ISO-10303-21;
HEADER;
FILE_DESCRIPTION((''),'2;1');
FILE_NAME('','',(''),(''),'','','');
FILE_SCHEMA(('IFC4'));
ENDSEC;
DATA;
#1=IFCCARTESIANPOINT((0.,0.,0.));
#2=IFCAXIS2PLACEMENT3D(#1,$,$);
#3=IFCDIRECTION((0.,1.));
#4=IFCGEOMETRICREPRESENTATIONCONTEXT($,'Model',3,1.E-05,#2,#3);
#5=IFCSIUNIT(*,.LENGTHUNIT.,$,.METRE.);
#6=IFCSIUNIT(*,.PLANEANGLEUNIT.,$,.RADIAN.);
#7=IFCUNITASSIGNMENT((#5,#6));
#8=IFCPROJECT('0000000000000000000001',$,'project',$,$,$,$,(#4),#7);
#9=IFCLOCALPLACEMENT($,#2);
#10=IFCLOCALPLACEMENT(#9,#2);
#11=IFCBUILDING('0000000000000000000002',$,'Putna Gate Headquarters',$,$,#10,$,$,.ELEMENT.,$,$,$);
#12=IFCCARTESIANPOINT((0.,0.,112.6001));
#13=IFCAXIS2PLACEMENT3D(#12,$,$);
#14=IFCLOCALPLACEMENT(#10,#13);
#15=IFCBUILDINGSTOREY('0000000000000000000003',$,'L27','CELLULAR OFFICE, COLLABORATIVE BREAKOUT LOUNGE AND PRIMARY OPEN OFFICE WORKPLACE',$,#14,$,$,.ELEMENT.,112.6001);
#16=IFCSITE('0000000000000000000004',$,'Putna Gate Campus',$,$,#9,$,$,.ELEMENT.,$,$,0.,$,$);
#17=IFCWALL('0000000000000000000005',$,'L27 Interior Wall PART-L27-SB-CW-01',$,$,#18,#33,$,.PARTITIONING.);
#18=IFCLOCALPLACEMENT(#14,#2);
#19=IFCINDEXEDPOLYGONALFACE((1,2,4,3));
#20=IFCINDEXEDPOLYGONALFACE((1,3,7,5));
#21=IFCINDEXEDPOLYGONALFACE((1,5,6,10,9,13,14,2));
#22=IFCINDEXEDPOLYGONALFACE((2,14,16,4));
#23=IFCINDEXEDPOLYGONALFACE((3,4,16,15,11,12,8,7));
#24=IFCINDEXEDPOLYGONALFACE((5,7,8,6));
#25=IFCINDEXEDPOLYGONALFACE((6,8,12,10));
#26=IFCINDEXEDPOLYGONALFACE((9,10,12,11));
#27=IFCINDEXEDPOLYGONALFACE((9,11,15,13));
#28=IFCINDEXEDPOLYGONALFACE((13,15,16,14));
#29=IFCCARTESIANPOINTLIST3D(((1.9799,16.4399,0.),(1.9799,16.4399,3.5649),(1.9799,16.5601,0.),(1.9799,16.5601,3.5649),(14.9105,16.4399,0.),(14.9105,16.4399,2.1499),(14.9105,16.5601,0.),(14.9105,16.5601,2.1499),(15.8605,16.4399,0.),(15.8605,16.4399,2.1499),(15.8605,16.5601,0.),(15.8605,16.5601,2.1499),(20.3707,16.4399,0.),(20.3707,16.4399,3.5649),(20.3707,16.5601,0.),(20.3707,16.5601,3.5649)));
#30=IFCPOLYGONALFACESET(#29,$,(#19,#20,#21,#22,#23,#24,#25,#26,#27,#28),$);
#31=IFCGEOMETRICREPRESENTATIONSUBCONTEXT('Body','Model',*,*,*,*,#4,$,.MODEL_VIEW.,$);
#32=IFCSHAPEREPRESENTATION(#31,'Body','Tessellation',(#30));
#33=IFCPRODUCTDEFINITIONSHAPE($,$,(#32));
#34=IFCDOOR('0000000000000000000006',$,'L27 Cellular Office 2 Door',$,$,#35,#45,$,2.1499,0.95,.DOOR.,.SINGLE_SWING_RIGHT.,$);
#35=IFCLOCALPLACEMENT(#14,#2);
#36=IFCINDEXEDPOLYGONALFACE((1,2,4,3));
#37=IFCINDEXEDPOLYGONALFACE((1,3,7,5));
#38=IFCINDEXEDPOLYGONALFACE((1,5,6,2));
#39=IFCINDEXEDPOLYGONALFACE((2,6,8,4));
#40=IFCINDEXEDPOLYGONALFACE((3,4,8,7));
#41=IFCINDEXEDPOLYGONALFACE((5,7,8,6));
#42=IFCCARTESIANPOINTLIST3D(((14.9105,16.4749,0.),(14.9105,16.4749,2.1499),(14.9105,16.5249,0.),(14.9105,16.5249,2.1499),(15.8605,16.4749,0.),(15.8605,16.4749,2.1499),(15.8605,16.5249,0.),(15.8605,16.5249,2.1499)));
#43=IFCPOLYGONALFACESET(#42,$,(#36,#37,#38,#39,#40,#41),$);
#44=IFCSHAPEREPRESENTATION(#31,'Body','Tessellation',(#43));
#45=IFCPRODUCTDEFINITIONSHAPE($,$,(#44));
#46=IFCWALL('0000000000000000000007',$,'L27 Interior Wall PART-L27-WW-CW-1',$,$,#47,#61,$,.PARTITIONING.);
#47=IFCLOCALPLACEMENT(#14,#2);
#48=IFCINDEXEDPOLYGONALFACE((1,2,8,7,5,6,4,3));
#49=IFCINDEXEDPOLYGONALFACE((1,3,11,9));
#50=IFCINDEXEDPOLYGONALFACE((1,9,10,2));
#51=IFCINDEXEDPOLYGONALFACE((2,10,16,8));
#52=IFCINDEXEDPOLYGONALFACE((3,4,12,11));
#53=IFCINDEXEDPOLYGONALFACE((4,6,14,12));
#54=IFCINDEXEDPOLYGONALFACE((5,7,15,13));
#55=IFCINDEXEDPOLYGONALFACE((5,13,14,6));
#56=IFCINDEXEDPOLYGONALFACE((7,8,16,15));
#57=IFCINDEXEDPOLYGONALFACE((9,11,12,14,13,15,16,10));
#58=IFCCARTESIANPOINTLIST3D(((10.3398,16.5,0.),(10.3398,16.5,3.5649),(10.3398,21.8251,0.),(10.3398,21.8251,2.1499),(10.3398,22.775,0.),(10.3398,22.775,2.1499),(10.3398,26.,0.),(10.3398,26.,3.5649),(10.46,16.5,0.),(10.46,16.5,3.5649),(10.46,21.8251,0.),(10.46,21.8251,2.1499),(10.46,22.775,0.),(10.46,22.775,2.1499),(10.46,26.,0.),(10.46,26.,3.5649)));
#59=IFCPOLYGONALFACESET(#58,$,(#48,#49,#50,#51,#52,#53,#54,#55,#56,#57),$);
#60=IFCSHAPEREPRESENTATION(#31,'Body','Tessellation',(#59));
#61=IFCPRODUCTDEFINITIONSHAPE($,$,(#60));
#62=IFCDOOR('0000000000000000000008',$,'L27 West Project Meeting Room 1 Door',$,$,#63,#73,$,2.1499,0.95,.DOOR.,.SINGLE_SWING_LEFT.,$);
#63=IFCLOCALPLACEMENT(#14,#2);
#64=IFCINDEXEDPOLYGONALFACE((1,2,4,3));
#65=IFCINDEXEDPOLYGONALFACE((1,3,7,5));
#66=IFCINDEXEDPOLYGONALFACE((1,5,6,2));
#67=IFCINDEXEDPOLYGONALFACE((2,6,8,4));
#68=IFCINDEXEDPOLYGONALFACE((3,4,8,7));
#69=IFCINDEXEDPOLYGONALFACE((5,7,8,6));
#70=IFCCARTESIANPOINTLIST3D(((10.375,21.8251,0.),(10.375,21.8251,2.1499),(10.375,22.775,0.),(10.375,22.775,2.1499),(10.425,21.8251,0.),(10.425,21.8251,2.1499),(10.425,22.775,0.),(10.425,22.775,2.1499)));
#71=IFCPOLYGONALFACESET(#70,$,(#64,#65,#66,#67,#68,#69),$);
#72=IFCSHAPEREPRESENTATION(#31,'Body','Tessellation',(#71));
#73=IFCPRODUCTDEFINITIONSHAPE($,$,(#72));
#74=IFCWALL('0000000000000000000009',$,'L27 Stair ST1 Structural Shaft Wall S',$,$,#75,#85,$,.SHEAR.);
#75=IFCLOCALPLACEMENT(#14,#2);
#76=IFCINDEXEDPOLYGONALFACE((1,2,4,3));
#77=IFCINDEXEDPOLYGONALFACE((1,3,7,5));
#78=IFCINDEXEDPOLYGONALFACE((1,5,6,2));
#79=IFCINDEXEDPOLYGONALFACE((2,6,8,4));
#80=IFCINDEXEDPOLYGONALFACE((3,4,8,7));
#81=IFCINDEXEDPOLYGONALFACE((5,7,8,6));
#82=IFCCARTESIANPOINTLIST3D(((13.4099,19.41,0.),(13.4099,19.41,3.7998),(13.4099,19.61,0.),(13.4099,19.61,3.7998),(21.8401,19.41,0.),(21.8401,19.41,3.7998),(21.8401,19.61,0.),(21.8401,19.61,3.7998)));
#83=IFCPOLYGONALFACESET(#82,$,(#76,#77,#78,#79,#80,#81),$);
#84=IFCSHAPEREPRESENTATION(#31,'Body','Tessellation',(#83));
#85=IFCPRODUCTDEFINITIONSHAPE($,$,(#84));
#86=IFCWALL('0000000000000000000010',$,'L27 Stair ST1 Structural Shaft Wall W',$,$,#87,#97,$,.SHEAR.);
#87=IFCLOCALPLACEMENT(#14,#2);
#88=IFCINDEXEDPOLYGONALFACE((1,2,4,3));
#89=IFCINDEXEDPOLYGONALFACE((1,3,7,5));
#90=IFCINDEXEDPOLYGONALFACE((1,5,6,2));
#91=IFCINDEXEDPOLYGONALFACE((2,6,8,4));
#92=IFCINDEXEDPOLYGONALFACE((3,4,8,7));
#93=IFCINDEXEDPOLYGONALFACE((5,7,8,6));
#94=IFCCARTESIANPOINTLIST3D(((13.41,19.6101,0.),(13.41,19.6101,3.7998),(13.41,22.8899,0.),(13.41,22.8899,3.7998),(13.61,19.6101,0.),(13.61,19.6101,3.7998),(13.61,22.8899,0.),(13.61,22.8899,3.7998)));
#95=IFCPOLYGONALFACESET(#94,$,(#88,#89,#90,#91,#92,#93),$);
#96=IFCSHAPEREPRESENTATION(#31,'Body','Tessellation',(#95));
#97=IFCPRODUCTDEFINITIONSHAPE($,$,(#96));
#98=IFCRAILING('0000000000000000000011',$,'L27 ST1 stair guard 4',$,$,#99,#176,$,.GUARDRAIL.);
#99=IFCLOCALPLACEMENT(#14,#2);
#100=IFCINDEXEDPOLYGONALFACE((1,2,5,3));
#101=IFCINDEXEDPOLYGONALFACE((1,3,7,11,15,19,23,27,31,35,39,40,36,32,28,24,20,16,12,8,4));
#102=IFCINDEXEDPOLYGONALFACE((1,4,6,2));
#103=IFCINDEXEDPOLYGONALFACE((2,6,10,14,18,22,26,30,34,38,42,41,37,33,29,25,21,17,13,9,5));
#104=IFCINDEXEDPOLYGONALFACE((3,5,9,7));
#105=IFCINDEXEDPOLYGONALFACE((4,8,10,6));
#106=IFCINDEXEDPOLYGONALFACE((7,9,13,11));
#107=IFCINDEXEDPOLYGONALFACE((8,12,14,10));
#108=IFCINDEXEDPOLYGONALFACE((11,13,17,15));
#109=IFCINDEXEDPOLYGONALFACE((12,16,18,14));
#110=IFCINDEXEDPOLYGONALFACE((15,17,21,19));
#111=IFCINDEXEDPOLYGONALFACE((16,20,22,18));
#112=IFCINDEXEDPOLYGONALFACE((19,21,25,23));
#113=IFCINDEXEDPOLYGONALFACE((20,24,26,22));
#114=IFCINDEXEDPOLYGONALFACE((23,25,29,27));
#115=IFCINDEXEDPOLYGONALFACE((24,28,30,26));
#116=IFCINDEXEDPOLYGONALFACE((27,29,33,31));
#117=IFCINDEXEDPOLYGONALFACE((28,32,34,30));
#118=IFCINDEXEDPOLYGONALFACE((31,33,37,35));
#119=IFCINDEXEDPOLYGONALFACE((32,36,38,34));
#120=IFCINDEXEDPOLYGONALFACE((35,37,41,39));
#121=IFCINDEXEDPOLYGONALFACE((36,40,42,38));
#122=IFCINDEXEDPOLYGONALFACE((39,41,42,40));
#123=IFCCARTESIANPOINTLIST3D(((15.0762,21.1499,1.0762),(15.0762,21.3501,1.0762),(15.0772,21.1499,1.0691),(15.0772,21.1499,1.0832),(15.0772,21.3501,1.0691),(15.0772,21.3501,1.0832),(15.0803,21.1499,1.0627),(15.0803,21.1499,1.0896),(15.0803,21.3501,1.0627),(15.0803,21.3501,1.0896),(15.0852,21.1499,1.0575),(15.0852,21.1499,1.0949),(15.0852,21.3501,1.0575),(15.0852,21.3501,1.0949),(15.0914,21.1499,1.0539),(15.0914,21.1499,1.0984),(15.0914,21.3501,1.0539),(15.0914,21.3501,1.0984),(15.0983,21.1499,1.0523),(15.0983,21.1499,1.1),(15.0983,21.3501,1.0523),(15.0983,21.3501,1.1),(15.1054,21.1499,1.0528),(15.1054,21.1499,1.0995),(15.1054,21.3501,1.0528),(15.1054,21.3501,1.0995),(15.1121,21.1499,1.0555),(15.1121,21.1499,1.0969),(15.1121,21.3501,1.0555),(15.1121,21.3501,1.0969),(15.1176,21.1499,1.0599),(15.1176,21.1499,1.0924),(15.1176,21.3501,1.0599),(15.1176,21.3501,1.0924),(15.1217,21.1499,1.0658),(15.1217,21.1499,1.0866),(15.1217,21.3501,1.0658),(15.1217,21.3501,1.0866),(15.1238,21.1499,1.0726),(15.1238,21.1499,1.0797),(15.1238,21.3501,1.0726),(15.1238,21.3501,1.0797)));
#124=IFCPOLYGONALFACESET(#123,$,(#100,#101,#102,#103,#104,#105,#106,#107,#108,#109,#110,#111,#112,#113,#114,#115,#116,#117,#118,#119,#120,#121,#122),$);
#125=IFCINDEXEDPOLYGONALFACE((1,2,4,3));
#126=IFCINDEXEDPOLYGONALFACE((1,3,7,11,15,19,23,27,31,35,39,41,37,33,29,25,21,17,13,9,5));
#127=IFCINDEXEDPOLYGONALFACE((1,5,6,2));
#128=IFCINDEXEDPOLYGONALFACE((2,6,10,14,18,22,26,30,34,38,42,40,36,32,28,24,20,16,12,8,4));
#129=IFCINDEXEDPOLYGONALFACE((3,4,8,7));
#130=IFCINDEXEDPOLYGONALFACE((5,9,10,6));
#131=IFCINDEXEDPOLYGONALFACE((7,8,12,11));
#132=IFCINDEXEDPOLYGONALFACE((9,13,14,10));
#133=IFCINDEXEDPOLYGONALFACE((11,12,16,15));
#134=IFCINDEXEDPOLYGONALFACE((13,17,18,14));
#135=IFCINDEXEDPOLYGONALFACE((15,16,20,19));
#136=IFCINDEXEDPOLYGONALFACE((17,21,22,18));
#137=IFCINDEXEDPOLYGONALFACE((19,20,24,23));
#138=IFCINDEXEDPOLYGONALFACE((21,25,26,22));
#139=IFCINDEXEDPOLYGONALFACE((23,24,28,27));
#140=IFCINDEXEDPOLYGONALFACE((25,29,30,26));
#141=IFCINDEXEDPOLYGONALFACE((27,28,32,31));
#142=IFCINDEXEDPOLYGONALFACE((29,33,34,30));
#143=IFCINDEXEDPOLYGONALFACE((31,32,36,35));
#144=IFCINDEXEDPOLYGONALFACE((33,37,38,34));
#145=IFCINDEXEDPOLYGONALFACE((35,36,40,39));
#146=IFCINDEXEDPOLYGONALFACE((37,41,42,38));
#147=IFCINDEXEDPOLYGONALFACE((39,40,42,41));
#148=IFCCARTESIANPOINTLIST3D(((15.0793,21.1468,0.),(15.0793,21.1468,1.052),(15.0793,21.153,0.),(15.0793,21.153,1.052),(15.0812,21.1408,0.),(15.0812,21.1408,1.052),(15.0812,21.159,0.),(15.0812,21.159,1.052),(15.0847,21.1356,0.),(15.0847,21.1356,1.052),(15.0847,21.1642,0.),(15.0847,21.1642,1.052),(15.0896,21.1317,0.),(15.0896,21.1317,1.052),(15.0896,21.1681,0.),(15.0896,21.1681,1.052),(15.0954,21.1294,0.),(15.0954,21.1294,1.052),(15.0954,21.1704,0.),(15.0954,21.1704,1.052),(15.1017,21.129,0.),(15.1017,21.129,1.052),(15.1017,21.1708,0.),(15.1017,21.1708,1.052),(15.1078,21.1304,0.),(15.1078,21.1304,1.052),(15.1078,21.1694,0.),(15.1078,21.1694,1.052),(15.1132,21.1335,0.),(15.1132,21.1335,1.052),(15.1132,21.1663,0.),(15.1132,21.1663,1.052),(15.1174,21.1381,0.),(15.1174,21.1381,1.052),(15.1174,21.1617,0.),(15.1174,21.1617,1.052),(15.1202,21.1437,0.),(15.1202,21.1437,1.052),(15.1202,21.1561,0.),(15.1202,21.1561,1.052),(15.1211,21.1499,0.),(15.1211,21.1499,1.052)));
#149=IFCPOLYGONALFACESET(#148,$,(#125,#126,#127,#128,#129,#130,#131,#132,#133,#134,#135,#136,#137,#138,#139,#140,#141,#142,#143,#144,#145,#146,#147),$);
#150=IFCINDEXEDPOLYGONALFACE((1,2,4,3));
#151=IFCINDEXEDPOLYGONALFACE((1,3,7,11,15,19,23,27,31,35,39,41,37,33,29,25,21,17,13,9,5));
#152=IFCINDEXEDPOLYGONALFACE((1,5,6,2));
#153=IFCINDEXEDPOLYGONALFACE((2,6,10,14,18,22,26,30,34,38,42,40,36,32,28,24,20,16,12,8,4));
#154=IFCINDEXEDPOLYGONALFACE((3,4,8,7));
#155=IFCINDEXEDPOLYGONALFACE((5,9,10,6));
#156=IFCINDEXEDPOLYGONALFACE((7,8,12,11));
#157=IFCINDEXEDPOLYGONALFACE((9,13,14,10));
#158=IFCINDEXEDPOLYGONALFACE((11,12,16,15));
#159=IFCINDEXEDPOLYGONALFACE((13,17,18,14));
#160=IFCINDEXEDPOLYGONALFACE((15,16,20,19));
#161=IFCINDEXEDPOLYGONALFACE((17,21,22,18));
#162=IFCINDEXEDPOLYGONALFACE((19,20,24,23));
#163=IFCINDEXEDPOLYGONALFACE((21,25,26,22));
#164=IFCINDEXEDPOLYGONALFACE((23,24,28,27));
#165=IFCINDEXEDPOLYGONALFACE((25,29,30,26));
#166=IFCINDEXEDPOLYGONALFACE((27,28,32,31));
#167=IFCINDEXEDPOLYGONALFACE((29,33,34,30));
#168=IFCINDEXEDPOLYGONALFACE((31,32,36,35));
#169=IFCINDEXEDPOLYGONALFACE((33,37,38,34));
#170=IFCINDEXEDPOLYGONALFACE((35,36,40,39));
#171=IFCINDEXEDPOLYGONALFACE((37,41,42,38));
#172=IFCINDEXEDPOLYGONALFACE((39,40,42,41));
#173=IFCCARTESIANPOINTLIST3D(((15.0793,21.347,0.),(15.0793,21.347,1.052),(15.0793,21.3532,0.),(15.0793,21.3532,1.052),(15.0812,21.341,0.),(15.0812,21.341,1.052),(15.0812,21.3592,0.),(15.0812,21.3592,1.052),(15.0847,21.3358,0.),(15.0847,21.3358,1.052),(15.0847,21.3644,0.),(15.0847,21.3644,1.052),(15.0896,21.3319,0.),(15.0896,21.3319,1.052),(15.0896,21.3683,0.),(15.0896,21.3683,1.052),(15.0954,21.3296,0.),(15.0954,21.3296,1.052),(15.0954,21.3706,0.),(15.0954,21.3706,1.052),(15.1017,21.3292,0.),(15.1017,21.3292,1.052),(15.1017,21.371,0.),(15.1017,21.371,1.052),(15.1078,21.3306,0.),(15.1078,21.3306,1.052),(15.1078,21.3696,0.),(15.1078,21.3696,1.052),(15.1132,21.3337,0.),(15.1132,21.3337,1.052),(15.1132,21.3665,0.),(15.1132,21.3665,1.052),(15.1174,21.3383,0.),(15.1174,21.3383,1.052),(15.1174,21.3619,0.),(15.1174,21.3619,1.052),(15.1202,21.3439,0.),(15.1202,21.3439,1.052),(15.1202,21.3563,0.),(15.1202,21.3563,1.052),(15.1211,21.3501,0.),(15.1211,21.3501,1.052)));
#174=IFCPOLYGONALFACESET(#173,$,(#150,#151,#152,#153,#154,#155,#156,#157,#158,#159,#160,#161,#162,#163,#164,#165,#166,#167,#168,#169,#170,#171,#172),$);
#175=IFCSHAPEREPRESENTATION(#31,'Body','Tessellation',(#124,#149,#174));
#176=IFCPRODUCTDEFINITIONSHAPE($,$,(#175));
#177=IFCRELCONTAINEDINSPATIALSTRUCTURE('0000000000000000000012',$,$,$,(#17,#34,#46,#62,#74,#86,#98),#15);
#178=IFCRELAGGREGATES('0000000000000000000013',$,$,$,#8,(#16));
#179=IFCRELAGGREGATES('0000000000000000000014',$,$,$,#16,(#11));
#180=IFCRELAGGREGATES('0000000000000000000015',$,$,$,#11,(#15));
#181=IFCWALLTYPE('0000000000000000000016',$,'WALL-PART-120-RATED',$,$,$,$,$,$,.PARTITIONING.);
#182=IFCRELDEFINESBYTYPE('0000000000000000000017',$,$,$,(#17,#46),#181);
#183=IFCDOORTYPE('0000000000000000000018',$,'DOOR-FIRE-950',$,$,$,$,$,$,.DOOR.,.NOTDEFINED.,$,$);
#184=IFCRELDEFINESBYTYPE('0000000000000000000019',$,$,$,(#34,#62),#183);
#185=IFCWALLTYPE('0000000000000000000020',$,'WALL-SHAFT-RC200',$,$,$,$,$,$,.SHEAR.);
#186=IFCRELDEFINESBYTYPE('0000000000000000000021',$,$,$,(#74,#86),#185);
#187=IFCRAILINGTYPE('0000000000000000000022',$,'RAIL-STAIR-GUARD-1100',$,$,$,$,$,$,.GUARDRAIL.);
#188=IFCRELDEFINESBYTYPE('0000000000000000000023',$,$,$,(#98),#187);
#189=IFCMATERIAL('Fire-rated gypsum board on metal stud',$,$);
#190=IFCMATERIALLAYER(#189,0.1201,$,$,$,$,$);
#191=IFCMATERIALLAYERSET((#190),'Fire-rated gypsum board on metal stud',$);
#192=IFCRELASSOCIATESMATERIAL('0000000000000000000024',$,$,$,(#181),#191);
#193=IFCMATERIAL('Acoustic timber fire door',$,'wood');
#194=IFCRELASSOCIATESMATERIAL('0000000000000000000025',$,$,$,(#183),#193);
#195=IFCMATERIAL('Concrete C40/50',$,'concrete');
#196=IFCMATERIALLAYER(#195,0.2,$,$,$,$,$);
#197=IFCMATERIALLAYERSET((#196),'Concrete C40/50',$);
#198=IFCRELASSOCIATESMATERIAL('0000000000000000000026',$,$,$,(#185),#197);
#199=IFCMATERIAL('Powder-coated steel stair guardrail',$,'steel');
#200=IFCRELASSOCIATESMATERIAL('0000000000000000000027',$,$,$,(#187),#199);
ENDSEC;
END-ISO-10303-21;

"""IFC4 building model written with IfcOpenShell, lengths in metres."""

from ifc_helpers import new_model, si_unit, direction, frame, frame_2d, origin, origin_2d, place, context, subcontext, project, spatial, rectangle, circle, extrude, material, layer, layer_set, type_object, element, fill, save


model = new_model("IFC4")

# Units and contexts
model_context = context("Model", 3, precision=1e-05, world=origin(), true_north=direction((0.0, 1.0)))
body_context = subcontext(model_context, "Body", "Model", "MODEL_VIEW")
ifc_project = project(units=[si_unit("LENGTHUNIT", "METRE"), si_unit("PLANEANGLEUNIT", "RADIAN")], contexts=[model_context])

# Site, building, storey
site_placement = place(None, origin())
site = spatial("IfcSite", under=ifc_project, at=site_placement, Name="Putna Gate Campus", CompositionType="ELEMENT", RefElevation=0.0)
building_placement = place(site_placement, origin())
building = spatial("IfcBuilding", under=site, at=building_placement, Name="Putna Gate Headquarters", CompositionType="ELEMENT")
storey_placement = place(building_placement, frame((0.0, 0.0, 112.6001)))
storey = spatial("IfcBuildingStorey", under=building, at=storey_placement, Name="L27", Description="CELLULAR OFFICE, COLLABORATIVE BREAKOUT LOUNGE AND PRIMARY OPEN OFFICE WORKPLACE", CompositionType="ELEMENT", Elevation=112.6001)

# Walls, openings, doors
ifc_material_1 = material(Name="Fire-rated gypsum board on metal stud")
ifc_layer_1 = layer(ifc_material_1, 0.1201)
ifc_layer_set_1 = layer_set([ifc_layer_1], Name="Fire-rated gypsum board on metal stud")
wall_type_1 = type_object("IfcWallType", Name="WALL-PART-120-RATED", PredefinedType="PARTITIONING", material=ifc_layer_set_1)
wall_1_placement = place(storey_placement, frame((1.98, 16.5, 0.0), z_axis=(0.0, 0.0, 1.0), x_axis=(1.0, 0.0, 0.0)))
wall_1 = element("IfcWall", 1, at=wall_1_placement, inside=storey, type_object=wall_type_1, Name="L27 Interior Wall PART-L27-SB-CW-01", PredefinedType="PARTITIONING", context=body_context, shape_type="SweptSolid", body=[
    extrude(rectangle(XDim=18.3909, YDim=0.1201, at=frame_2d((9.1953, 0.0))), origin(), (0.0, 0.0, 1.0), 3.5649),
])
opening_1_placement = place(wall_1_placement, frame((12.9304, 0.0, 0.0)))
opening_1 = element("IfcOpeningElement", 2, at=opening_1_placement, cuts=wall_1, PredefinedType="OPENING", context=body_context, shape_type="SweptSolid", body=[
    extrude(rectangle(XDim=0.95, YDim=2.1499, at=frame_2d((0.4751, 1.075))), frame((0.0, 0.0701, 0.0), z_axis=(0.0, -1.0, 0.0), x_axis=(1.0, 0.0, 0.0)), (0.0, 0.0, 1.0), 0.1401),
])
ifc_material_2 = material(Name="Acoustic timber fire door", Category="wood")
door_type_1 = type_object("IfcDoorType", Name="DOOR-FIRE-950", OperationType="NOTDEFINED", PredefinedType="DOOR", material=ifc_material_2)
door_1_placement = place(opening_1_placement, origin())
door_1 = element("IfcDoor", 3, at=door_1_placement, inside=storey, type_object=door_type_1, Name="L27 Cellular Office 2 Door", OperationType="SINGLE_SWING_RIGHT", OverallHeight=2.1499, OverallWidth=0.95, PredefinedType="DOOR", context=body_context, shape_type="SweptSolid", body=[
    extrude(rectangle(XDim=0.95, YDim=2.1499, at=frame_2d((0.4751, 1.075))), frame((0.0, 0.0249, 0.0), z_axis=(0.0, -1.0, 0.0), x_axis=(1.0, 0.0, 0.0)), (0.0, 0.0, 1.0), 0.05),
])
fill(opening_1, door_1)
wall_2_placement = place(storey_placement, frame((10.3999, 16.5, 0.0), z_axis=(0.0, 0.0, 1.0), x_axis=(0.0, 1.0, 0.0)))
wall_2 = element("IfcWall", 4, at=wall_2_placement, inside=storey, type_object=wall_type_1, Name="L27 Interior Wall PART-L27-WW-CW-1", PredefinedType="PARTITIONING", context=body_context, shape_type="SweptSolid", body=[
    extrude(rectangle(XDim=9.5, YDim=0.1201, at=frame_2d((4.75, 0.0))), origin(), (0.0, 0.0, 1.0), 3.5649),
])
opening_2_placement = place(wall_2_placement, frame((5.325, 0.0, 0.0)))
opening_2 = element("IfcOpeningElement", 5, at=opening_2_placement, cuts=wall_2, PredefinedType="OPENING", context=body_context, shape_type="SweptSolid", body=[
    extrude(rectangle(XDim=0.95, YDim=2.1499, at=frame_2d((0.4751, 1.075))), frame((0.0, 0.0701, 0.0), z_axis=(0.0, -1.0, 0.0), x_axis=(1.0, 0.0, 0.0)), (0.0, 0.0, 1.0), 0.1401),
])
door_2_placement = place(opening_2_placement, origin())
door_2 = element("IfcDoor", 6, at=door_2_placement, inside=storey, type_object=door_type_1, Name="L27 West Project Meeting Room 1 Door", OperationType="SINGLE_SWING_LEFT", OverallHeight=2.1499, OverallWidth=0.95, PredefinedType="DOOR", context=body_context, shape_type="SweptSolid", body=[
    extrude(rectangle(XDim=0.95, YDim=2.1499, at=frame_2d((0.4751, 1.075))), frame((0.0, 0.0249, 0.0), z_axis=(0.0, -1.0, 0.0), x_axis=(1.0, 0.0, 0.0)), (0.0, 0.0, 1.0), 0.05),
])
fill(opening_2, door_2)

# Walls
ifc_material_3 = material(Name="Concrete C40/50", Category="concrete")
ifc_layer_2 = layer(ifc_material_3, 0.2)
ifc_layer_set_2 = layer_set([ifc_layer_2], Name="Concrete C40/50")
wall_type_2 = type_object("IfcWallType", Name="WALL-SHAFT-RC200", PredefinedType="SHEAR", material=ifc_layer_set_2)
wall_3_placement = place(storey_placement, frame((13.4099, 19.51, 0.0), z_axis=(0.0, 0.0, 1.0), x_axis=(1.0, 0.0, 0.0)))
element("IfcWall", 7, at=wall_3_placement, inside=storey, type_object=wall_type_2, Name="L27 Stair ST1 Structural Shaft Wall S", PredefinedType="SHEAR", context=body_context, shape_type="SweptSolid", body=[
    extrude(rectangle(XDim=8.4302, YDim=0.2, at=frame_2d((4.2151, 0.0))), origin(), (0.0, 0.0, 1.0), 3.7998),
])
wall_4_placement = place(storey_placement, frame((13.51, 19.6101, 0.0), z_axis=(0.0, 0.0, 1.0), x_axis=(0.0, 1.0, 0.0)))
element("IfcWall", 8, at=wall_4_placement, inside=storey, type_object=wall_type_2, Name="L27 Stair ST1 Structural Shaft Wall W", PredefinedType="SHEAR", context=body_context, shape_type="SweptSolid", body=[
    extrude(rectangle(XDim=3.2798, YDim=0.2, at=frame_2d((1.6399, 0.0))), origin(), (0.0, 0.0, 1.0), 3.7998),
])

# Railing
ifc_material_4 = material(Name="Powder-coated steel stair guardrail", Category="steel")
railing_type_1 = type_object("IfcRailingType", Name="RAIL-STAIR-GUARD-1100", PredefinedType="GUARDRAIL", material=ifc_material_4)
railing_1_placement = place(storey_placement, frame((15.1001, 21.1499, 0.0)))
element("IfcRailing", 9, at=railing_1_placement, inside=storey, type_object=railing_type_1, Name="L27 ST1 stair guard 4", PredefinedType="GUARDRAIL", context=body_context, shape_type="SweptSolid", body=[
    extrude(circle(Radius=0.0239, at=origin_2d()), frame((0.0, 0.0, 1.0762), z_axis=(0.0, 1.0, 0.0), x_axis=(-1.0, 0.0, 0.0)), (0.0, 0.0, 1.0), 0.2002),
    extrude(circle(Radius=0.021, at=origin_2d()), origin(), (0.0, 0.0, 1.0), 1.052),
    extrude(circle(Radius=0.021, at=origin_2d()), frame((0.0, 0.2002, 0.0)), (0.0, 0.0, 1.0), 1.052),
])

save(model, "model.ifc")
